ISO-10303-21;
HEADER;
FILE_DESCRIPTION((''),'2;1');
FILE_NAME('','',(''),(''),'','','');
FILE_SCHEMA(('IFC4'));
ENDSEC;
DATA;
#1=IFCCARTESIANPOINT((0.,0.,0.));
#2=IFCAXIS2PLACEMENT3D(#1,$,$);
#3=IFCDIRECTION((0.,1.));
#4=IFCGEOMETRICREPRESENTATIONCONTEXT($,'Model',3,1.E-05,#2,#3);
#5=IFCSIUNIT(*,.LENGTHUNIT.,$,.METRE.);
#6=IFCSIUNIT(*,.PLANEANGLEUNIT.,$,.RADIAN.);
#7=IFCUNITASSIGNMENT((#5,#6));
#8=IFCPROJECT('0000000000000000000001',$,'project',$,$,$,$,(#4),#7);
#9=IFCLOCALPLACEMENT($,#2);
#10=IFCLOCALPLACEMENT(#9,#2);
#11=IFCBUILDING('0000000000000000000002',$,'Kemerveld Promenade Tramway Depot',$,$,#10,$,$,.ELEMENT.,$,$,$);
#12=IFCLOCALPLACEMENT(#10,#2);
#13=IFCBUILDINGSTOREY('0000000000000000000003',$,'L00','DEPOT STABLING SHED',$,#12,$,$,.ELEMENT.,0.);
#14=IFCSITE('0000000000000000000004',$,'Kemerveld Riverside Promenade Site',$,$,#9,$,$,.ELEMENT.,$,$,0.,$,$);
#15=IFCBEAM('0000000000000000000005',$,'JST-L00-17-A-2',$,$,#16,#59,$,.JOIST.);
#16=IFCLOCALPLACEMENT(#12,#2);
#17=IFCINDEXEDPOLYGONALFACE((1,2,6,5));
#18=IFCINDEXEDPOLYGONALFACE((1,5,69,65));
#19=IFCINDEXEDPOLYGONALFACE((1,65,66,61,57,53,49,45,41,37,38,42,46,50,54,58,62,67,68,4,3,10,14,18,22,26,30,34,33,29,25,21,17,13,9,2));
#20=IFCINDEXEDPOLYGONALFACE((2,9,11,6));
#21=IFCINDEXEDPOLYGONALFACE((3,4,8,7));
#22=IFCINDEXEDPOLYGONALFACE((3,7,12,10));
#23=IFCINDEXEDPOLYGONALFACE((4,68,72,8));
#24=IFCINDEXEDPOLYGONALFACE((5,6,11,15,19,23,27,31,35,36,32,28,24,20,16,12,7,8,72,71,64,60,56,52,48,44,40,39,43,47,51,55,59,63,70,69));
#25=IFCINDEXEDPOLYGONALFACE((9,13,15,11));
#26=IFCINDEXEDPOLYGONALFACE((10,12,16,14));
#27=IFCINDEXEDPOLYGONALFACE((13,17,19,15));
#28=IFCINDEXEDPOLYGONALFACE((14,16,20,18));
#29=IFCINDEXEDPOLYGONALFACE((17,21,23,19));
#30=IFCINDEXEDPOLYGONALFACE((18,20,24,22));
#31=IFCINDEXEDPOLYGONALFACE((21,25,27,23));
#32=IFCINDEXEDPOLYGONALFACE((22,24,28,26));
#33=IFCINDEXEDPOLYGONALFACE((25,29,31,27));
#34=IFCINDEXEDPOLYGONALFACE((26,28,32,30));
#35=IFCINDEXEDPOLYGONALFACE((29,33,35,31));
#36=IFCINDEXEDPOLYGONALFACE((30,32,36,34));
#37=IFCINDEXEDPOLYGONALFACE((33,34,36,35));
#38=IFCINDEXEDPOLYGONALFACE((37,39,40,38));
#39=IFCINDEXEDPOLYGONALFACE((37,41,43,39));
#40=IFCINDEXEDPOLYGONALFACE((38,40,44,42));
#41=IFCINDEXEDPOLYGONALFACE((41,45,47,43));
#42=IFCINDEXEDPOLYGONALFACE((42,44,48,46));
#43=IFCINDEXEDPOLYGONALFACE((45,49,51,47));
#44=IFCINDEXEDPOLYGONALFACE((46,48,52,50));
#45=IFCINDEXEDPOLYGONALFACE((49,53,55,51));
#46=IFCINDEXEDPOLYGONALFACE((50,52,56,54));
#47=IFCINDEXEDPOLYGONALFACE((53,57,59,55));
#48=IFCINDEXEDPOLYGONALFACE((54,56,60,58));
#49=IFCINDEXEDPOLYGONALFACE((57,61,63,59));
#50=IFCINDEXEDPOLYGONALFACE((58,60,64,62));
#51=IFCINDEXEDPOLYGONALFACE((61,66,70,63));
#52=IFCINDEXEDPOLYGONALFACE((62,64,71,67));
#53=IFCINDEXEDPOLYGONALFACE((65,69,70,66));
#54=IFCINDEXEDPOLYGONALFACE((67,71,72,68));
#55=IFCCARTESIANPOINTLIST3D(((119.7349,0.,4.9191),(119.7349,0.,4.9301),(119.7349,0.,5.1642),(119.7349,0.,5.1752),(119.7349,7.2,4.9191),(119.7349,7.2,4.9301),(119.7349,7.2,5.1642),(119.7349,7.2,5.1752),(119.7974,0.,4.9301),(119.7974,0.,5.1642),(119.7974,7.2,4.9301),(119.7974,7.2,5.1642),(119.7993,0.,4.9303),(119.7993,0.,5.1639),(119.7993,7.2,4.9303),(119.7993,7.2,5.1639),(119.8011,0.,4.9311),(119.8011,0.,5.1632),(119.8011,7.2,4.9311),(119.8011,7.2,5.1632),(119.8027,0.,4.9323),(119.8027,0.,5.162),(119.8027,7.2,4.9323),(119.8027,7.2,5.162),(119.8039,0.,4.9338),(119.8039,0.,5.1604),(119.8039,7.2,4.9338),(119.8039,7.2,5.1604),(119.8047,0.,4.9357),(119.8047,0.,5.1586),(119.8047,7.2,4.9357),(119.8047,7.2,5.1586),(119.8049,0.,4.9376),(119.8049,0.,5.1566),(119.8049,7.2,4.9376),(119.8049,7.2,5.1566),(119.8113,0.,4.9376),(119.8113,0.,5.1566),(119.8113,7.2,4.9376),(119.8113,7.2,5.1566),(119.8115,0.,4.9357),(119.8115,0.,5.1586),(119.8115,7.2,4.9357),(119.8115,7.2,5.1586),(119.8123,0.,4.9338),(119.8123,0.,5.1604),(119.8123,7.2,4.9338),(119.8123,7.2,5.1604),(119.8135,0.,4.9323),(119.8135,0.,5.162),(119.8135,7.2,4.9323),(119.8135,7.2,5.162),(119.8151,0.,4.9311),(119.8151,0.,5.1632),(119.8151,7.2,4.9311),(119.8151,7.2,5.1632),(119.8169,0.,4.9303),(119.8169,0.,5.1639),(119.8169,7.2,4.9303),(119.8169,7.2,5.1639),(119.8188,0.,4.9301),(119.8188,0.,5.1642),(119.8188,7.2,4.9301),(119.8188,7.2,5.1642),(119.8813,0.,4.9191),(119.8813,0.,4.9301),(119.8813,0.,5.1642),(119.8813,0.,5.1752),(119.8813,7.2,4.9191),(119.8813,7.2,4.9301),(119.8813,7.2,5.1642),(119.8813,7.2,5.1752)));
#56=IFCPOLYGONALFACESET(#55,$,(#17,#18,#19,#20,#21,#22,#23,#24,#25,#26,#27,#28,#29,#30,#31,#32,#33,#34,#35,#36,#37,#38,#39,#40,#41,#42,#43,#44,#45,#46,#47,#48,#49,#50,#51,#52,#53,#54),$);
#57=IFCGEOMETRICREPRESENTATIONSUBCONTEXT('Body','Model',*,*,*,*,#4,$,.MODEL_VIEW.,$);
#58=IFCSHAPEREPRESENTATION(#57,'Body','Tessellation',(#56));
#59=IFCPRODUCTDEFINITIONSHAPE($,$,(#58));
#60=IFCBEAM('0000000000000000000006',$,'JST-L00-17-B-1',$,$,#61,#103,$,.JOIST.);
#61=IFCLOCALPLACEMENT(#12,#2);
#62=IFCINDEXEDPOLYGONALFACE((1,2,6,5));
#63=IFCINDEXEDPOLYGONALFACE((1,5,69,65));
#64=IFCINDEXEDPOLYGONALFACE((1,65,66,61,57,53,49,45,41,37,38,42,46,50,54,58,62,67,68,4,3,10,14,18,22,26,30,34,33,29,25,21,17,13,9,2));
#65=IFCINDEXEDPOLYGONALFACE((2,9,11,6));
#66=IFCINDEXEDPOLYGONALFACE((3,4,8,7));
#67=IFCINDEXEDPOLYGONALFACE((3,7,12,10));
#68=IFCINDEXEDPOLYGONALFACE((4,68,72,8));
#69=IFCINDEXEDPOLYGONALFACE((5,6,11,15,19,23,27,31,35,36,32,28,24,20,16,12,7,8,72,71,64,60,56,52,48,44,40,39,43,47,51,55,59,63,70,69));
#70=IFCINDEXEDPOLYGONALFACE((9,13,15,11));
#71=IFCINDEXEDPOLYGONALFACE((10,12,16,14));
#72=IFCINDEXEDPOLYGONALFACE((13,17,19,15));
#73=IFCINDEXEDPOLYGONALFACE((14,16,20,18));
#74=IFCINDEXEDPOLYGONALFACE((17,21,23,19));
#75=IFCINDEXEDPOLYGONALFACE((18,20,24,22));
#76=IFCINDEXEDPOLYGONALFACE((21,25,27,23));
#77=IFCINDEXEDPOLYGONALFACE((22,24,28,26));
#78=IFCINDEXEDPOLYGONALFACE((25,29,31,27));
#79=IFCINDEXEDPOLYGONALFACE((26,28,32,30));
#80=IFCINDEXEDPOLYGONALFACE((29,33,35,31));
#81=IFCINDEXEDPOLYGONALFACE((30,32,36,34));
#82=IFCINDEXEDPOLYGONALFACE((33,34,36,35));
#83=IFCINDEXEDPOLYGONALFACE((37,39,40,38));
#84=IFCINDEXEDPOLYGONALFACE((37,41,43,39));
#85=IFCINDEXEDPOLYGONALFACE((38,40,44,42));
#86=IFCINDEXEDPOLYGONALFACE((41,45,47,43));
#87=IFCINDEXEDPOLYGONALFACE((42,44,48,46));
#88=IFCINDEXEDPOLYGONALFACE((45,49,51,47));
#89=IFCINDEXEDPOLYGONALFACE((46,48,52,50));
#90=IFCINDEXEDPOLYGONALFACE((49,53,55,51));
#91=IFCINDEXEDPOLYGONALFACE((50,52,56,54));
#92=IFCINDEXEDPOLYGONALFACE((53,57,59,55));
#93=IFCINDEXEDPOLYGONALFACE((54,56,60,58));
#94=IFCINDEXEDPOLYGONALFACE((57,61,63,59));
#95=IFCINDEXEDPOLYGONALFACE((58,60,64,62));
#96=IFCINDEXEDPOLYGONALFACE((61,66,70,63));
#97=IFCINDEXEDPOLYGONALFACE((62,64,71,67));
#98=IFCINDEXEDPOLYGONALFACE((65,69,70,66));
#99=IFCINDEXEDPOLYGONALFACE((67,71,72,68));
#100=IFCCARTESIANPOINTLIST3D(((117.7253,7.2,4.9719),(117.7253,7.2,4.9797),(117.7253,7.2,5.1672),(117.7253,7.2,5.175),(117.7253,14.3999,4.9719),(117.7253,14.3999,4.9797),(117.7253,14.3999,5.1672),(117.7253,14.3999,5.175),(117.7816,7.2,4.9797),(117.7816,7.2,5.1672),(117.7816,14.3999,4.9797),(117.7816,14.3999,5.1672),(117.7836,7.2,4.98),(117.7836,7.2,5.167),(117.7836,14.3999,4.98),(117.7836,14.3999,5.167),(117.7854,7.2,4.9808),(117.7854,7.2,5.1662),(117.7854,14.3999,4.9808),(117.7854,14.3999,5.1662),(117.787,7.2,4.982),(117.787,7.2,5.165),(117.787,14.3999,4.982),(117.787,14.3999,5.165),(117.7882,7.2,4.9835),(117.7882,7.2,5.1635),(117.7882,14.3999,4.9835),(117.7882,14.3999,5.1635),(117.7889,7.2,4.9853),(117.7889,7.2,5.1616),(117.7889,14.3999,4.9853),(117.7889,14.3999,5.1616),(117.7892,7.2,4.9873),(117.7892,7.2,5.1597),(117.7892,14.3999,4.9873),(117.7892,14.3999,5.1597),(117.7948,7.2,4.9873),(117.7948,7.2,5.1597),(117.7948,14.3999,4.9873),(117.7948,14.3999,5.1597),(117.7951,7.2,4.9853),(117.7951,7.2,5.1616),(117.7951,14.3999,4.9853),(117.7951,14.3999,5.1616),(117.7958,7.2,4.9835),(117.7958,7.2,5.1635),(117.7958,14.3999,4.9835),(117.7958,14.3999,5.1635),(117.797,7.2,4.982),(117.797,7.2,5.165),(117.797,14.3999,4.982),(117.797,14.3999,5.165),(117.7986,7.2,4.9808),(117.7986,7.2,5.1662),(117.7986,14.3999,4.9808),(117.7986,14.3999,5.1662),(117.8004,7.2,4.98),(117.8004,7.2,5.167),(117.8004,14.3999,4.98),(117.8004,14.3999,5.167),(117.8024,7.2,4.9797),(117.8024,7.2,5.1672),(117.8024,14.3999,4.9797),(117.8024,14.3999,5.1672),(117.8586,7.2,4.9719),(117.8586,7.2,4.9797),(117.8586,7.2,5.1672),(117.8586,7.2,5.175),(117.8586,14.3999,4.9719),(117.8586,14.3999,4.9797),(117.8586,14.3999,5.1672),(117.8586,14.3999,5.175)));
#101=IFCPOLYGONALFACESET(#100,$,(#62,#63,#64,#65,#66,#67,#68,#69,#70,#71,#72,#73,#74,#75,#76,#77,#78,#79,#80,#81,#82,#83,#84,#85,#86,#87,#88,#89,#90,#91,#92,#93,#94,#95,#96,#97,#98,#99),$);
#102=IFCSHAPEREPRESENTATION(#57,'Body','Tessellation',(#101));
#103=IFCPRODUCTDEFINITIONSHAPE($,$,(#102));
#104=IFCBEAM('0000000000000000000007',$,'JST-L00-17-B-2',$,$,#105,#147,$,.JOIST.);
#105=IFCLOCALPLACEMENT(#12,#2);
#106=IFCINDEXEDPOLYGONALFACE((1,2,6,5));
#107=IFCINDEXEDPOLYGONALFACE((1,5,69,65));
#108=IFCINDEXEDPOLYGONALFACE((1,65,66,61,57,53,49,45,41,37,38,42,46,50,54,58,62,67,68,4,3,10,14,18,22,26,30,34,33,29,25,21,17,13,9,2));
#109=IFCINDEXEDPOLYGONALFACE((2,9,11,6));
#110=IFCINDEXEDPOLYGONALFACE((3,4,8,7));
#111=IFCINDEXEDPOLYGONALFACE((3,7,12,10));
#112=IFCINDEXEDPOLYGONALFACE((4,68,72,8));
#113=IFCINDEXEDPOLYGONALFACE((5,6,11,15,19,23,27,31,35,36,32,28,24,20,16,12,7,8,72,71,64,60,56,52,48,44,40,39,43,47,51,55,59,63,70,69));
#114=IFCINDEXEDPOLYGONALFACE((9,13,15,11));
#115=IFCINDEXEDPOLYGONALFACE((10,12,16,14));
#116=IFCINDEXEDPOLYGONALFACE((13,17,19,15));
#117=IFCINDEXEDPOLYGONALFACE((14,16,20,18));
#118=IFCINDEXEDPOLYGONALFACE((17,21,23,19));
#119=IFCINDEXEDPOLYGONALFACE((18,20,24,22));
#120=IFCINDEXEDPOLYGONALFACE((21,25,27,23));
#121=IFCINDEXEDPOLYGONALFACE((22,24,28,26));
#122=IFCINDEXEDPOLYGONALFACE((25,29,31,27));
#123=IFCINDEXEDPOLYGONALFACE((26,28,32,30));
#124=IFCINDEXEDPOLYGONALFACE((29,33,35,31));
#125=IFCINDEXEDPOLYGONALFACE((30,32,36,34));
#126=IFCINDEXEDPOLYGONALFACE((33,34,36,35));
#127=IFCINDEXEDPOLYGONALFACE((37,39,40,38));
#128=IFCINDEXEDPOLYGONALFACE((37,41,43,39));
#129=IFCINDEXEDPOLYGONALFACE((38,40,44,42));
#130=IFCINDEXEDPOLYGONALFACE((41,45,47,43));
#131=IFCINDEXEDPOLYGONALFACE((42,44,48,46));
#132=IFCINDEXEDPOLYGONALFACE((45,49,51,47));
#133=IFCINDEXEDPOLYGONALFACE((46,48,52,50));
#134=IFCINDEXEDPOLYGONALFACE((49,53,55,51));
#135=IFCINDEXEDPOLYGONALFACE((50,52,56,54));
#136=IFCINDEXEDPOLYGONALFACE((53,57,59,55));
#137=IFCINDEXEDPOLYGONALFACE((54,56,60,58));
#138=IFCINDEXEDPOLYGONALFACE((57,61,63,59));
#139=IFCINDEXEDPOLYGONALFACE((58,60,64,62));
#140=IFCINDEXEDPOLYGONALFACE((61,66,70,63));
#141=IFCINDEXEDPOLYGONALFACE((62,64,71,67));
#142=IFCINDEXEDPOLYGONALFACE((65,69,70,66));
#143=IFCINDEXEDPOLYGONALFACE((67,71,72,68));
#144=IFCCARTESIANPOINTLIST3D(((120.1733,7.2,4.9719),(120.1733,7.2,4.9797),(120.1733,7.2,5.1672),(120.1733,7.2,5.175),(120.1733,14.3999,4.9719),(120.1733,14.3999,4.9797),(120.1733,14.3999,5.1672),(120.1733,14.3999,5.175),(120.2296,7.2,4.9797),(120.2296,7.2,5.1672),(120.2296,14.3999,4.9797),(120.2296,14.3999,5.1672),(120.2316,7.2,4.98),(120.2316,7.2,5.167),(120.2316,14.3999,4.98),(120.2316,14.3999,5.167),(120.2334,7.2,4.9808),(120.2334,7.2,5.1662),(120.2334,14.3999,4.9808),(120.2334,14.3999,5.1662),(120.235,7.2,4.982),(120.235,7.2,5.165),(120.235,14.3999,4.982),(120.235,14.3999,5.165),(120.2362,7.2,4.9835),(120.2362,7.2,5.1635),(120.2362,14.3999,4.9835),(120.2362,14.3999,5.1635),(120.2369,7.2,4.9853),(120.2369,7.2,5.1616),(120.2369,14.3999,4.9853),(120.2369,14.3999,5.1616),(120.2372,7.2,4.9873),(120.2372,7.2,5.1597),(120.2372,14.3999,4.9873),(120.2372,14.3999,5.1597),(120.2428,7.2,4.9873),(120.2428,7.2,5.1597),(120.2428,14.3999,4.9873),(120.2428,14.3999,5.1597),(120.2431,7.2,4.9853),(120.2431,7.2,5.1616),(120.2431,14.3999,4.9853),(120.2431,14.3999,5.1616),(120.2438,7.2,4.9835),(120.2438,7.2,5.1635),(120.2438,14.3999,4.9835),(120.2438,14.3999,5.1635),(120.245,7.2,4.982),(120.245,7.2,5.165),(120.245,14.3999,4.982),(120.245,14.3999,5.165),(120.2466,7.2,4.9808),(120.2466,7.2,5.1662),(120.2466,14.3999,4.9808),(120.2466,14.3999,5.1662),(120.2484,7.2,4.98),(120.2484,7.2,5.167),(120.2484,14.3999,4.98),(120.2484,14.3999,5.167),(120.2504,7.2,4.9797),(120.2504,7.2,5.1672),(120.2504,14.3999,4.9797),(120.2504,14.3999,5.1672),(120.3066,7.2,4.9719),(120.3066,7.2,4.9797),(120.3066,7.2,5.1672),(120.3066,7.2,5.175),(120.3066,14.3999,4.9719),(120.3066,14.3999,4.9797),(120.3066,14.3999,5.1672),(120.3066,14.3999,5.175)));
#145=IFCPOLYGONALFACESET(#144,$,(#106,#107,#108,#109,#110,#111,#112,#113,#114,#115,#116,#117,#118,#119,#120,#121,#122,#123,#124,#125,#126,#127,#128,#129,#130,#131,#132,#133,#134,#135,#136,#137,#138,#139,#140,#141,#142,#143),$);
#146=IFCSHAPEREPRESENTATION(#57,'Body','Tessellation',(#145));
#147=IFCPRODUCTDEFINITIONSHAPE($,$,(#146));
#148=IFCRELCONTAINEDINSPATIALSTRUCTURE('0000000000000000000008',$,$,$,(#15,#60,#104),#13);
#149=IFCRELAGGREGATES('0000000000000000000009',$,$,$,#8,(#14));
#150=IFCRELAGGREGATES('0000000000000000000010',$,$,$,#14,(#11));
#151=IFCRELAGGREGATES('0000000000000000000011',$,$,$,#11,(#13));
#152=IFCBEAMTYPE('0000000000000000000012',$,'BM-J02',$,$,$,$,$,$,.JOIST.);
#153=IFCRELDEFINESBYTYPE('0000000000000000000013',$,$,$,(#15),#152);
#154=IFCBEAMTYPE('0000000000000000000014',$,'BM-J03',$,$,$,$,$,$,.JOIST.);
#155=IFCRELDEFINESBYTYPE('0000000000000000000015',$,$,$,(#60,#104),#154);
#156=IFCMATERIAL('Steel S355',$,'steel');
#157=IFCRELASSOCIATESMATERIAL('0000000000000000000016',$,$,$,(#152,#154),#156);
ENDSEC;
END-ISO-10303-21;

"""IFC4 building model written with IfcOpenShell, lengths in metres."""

from ifc_helpers import new_model, si_unit, direction, frame, origin, origin_2d, place, context, subcontext, project, spatial, i_section, extrude, material, material_profile, profile_set, type_object, element, save


model = new_model("IFC4")

# Units and contexts
model_context = context("Model", 3, precision=1e-05, world=origin(), true_north=direction((0.0, 1.0)))
body_context = subcontext(model_context, "Body", "Model", "MODEL_VIEW")
ifc_project = project(units=[si_unit("LENGTHUNIT", "METRE"), si_unit("PLANEANGLEUNIT", "RADIAN")], contexts=[model_context])

# Site, building, storey
site_placement = place(None, origin())
site = spatial("IfcSite", under=ifc_project, at=site_placement, Name="Kemerveld Riverside Promenade Site", CompositionType="ELEMENT", RefElevation=0.0)
building_placement = place(site_placement, origin())
building = spatial("IfcBuilding", under=site, at=building_placement, Name="Kemerveld Promenade Tramway Depot", CompositionType="ELEMENT")
storey_placement = place(building_placement, origin())
storey = spatial("IfcBuildingStorey", under=building, at=storey_placement, Name="L00", Description="DEPOT STABLING SHED", CompositionType="ELEMENT", Elevation=0.0)

# Beams
ifc_material_1 = material(Name="Steel S355", Category="steel")
ifc_material_profile_1 = material_profile(ifc_material_1, i_section(OverallWidth=0.1465, OverallDepth=0.2561, WebThickness=0.0063, FlangeThickness=0.011, FilletRadius=0.0076, at=origin_2d()), Name="254x146x37 UB")
ifc_profile_set_1 = profile_set([ifc_material_profile_1], Name="Steel S355")
beam_type_1 = type_object("IfcBeamType", Name="BM-J02", PredefinedType="JOIST", material=ifc_profile_set_1)
for number, where, z_axis, x_axis, name in (
    (1, (119.8081, 0.0, 5.0471), (0.0, 1.0, 0.0), (-1.0, 0.0, 0.0), "JST-L00-17-A-2"),
):
    element("IfcBeam", number, at=place(storey_placement, frame(where, z_axis=z_axis, x_axis=x_axis)), inside=storey, type_object=beam_type_1, Name=name, PredefinedType="JOIST", context=body_context, shape_type="SweptSolid", body=[
        extrude(i_section(OverallWidth=0.1465, OverallDepth=0.2561, WebThickness=0.0063, FlangeThickness=0.011, FilletRadius=0.0076, at=origin_2d()), origin(), (0.0, 0.0, 1.0), 7.2),
    ])
ifc_material_profile_2 = material_profile(ifc_material_1, i_section(OverallWidth=0.1333, OverallDepth=0.2031, WebThickness=0.0056, FlangeThickness=0.0078, FilletRadius=0.0076, at=origin_2d()), Name="203x133x25 UB")
ifc_profile_set_2 = profile_set([ifc_material_profile_2], Name="Steel S355")
beam_type_2 = type_object("IfcBeamType", Name="BM-J03", PredefinedType="JOIST", material=ifc_profile_set_2)
for number, where, z_axis, x_axis, name in (
    (2, (117.792, 7.2, 5.0735), (0.0, 1.0, 0.0), (-1.0, 0.0, 0.0), "JST-L00-17-B-1"),
    (3, (120.24, 7.2, 5.0735), (0.0, 1.0, 0.0), (-1.0, 0.0, 0.0), "JST-L00-17-B-2"),
):
    element("IfcBeam", number, at=place(storey_placement, frame(where, z_axis=z_axis, x_axis=x_axis)), inside=storey, type_object=beam_type_2, Name=name, PredefinedType="JOIST", context=body_context, shape_type="SweptSolid", body=[
        extrude(i_section(OverallWidth=0.1333, OverallDepth=0.2031, WebThickness=0.0056, FlangeThickness=0.0078, FilletRadius=0.0076, at=origin_2d()), origin(), (0.0, 0.0, 1.0), 7.2),
    ])

save(model, "model.ifc")
